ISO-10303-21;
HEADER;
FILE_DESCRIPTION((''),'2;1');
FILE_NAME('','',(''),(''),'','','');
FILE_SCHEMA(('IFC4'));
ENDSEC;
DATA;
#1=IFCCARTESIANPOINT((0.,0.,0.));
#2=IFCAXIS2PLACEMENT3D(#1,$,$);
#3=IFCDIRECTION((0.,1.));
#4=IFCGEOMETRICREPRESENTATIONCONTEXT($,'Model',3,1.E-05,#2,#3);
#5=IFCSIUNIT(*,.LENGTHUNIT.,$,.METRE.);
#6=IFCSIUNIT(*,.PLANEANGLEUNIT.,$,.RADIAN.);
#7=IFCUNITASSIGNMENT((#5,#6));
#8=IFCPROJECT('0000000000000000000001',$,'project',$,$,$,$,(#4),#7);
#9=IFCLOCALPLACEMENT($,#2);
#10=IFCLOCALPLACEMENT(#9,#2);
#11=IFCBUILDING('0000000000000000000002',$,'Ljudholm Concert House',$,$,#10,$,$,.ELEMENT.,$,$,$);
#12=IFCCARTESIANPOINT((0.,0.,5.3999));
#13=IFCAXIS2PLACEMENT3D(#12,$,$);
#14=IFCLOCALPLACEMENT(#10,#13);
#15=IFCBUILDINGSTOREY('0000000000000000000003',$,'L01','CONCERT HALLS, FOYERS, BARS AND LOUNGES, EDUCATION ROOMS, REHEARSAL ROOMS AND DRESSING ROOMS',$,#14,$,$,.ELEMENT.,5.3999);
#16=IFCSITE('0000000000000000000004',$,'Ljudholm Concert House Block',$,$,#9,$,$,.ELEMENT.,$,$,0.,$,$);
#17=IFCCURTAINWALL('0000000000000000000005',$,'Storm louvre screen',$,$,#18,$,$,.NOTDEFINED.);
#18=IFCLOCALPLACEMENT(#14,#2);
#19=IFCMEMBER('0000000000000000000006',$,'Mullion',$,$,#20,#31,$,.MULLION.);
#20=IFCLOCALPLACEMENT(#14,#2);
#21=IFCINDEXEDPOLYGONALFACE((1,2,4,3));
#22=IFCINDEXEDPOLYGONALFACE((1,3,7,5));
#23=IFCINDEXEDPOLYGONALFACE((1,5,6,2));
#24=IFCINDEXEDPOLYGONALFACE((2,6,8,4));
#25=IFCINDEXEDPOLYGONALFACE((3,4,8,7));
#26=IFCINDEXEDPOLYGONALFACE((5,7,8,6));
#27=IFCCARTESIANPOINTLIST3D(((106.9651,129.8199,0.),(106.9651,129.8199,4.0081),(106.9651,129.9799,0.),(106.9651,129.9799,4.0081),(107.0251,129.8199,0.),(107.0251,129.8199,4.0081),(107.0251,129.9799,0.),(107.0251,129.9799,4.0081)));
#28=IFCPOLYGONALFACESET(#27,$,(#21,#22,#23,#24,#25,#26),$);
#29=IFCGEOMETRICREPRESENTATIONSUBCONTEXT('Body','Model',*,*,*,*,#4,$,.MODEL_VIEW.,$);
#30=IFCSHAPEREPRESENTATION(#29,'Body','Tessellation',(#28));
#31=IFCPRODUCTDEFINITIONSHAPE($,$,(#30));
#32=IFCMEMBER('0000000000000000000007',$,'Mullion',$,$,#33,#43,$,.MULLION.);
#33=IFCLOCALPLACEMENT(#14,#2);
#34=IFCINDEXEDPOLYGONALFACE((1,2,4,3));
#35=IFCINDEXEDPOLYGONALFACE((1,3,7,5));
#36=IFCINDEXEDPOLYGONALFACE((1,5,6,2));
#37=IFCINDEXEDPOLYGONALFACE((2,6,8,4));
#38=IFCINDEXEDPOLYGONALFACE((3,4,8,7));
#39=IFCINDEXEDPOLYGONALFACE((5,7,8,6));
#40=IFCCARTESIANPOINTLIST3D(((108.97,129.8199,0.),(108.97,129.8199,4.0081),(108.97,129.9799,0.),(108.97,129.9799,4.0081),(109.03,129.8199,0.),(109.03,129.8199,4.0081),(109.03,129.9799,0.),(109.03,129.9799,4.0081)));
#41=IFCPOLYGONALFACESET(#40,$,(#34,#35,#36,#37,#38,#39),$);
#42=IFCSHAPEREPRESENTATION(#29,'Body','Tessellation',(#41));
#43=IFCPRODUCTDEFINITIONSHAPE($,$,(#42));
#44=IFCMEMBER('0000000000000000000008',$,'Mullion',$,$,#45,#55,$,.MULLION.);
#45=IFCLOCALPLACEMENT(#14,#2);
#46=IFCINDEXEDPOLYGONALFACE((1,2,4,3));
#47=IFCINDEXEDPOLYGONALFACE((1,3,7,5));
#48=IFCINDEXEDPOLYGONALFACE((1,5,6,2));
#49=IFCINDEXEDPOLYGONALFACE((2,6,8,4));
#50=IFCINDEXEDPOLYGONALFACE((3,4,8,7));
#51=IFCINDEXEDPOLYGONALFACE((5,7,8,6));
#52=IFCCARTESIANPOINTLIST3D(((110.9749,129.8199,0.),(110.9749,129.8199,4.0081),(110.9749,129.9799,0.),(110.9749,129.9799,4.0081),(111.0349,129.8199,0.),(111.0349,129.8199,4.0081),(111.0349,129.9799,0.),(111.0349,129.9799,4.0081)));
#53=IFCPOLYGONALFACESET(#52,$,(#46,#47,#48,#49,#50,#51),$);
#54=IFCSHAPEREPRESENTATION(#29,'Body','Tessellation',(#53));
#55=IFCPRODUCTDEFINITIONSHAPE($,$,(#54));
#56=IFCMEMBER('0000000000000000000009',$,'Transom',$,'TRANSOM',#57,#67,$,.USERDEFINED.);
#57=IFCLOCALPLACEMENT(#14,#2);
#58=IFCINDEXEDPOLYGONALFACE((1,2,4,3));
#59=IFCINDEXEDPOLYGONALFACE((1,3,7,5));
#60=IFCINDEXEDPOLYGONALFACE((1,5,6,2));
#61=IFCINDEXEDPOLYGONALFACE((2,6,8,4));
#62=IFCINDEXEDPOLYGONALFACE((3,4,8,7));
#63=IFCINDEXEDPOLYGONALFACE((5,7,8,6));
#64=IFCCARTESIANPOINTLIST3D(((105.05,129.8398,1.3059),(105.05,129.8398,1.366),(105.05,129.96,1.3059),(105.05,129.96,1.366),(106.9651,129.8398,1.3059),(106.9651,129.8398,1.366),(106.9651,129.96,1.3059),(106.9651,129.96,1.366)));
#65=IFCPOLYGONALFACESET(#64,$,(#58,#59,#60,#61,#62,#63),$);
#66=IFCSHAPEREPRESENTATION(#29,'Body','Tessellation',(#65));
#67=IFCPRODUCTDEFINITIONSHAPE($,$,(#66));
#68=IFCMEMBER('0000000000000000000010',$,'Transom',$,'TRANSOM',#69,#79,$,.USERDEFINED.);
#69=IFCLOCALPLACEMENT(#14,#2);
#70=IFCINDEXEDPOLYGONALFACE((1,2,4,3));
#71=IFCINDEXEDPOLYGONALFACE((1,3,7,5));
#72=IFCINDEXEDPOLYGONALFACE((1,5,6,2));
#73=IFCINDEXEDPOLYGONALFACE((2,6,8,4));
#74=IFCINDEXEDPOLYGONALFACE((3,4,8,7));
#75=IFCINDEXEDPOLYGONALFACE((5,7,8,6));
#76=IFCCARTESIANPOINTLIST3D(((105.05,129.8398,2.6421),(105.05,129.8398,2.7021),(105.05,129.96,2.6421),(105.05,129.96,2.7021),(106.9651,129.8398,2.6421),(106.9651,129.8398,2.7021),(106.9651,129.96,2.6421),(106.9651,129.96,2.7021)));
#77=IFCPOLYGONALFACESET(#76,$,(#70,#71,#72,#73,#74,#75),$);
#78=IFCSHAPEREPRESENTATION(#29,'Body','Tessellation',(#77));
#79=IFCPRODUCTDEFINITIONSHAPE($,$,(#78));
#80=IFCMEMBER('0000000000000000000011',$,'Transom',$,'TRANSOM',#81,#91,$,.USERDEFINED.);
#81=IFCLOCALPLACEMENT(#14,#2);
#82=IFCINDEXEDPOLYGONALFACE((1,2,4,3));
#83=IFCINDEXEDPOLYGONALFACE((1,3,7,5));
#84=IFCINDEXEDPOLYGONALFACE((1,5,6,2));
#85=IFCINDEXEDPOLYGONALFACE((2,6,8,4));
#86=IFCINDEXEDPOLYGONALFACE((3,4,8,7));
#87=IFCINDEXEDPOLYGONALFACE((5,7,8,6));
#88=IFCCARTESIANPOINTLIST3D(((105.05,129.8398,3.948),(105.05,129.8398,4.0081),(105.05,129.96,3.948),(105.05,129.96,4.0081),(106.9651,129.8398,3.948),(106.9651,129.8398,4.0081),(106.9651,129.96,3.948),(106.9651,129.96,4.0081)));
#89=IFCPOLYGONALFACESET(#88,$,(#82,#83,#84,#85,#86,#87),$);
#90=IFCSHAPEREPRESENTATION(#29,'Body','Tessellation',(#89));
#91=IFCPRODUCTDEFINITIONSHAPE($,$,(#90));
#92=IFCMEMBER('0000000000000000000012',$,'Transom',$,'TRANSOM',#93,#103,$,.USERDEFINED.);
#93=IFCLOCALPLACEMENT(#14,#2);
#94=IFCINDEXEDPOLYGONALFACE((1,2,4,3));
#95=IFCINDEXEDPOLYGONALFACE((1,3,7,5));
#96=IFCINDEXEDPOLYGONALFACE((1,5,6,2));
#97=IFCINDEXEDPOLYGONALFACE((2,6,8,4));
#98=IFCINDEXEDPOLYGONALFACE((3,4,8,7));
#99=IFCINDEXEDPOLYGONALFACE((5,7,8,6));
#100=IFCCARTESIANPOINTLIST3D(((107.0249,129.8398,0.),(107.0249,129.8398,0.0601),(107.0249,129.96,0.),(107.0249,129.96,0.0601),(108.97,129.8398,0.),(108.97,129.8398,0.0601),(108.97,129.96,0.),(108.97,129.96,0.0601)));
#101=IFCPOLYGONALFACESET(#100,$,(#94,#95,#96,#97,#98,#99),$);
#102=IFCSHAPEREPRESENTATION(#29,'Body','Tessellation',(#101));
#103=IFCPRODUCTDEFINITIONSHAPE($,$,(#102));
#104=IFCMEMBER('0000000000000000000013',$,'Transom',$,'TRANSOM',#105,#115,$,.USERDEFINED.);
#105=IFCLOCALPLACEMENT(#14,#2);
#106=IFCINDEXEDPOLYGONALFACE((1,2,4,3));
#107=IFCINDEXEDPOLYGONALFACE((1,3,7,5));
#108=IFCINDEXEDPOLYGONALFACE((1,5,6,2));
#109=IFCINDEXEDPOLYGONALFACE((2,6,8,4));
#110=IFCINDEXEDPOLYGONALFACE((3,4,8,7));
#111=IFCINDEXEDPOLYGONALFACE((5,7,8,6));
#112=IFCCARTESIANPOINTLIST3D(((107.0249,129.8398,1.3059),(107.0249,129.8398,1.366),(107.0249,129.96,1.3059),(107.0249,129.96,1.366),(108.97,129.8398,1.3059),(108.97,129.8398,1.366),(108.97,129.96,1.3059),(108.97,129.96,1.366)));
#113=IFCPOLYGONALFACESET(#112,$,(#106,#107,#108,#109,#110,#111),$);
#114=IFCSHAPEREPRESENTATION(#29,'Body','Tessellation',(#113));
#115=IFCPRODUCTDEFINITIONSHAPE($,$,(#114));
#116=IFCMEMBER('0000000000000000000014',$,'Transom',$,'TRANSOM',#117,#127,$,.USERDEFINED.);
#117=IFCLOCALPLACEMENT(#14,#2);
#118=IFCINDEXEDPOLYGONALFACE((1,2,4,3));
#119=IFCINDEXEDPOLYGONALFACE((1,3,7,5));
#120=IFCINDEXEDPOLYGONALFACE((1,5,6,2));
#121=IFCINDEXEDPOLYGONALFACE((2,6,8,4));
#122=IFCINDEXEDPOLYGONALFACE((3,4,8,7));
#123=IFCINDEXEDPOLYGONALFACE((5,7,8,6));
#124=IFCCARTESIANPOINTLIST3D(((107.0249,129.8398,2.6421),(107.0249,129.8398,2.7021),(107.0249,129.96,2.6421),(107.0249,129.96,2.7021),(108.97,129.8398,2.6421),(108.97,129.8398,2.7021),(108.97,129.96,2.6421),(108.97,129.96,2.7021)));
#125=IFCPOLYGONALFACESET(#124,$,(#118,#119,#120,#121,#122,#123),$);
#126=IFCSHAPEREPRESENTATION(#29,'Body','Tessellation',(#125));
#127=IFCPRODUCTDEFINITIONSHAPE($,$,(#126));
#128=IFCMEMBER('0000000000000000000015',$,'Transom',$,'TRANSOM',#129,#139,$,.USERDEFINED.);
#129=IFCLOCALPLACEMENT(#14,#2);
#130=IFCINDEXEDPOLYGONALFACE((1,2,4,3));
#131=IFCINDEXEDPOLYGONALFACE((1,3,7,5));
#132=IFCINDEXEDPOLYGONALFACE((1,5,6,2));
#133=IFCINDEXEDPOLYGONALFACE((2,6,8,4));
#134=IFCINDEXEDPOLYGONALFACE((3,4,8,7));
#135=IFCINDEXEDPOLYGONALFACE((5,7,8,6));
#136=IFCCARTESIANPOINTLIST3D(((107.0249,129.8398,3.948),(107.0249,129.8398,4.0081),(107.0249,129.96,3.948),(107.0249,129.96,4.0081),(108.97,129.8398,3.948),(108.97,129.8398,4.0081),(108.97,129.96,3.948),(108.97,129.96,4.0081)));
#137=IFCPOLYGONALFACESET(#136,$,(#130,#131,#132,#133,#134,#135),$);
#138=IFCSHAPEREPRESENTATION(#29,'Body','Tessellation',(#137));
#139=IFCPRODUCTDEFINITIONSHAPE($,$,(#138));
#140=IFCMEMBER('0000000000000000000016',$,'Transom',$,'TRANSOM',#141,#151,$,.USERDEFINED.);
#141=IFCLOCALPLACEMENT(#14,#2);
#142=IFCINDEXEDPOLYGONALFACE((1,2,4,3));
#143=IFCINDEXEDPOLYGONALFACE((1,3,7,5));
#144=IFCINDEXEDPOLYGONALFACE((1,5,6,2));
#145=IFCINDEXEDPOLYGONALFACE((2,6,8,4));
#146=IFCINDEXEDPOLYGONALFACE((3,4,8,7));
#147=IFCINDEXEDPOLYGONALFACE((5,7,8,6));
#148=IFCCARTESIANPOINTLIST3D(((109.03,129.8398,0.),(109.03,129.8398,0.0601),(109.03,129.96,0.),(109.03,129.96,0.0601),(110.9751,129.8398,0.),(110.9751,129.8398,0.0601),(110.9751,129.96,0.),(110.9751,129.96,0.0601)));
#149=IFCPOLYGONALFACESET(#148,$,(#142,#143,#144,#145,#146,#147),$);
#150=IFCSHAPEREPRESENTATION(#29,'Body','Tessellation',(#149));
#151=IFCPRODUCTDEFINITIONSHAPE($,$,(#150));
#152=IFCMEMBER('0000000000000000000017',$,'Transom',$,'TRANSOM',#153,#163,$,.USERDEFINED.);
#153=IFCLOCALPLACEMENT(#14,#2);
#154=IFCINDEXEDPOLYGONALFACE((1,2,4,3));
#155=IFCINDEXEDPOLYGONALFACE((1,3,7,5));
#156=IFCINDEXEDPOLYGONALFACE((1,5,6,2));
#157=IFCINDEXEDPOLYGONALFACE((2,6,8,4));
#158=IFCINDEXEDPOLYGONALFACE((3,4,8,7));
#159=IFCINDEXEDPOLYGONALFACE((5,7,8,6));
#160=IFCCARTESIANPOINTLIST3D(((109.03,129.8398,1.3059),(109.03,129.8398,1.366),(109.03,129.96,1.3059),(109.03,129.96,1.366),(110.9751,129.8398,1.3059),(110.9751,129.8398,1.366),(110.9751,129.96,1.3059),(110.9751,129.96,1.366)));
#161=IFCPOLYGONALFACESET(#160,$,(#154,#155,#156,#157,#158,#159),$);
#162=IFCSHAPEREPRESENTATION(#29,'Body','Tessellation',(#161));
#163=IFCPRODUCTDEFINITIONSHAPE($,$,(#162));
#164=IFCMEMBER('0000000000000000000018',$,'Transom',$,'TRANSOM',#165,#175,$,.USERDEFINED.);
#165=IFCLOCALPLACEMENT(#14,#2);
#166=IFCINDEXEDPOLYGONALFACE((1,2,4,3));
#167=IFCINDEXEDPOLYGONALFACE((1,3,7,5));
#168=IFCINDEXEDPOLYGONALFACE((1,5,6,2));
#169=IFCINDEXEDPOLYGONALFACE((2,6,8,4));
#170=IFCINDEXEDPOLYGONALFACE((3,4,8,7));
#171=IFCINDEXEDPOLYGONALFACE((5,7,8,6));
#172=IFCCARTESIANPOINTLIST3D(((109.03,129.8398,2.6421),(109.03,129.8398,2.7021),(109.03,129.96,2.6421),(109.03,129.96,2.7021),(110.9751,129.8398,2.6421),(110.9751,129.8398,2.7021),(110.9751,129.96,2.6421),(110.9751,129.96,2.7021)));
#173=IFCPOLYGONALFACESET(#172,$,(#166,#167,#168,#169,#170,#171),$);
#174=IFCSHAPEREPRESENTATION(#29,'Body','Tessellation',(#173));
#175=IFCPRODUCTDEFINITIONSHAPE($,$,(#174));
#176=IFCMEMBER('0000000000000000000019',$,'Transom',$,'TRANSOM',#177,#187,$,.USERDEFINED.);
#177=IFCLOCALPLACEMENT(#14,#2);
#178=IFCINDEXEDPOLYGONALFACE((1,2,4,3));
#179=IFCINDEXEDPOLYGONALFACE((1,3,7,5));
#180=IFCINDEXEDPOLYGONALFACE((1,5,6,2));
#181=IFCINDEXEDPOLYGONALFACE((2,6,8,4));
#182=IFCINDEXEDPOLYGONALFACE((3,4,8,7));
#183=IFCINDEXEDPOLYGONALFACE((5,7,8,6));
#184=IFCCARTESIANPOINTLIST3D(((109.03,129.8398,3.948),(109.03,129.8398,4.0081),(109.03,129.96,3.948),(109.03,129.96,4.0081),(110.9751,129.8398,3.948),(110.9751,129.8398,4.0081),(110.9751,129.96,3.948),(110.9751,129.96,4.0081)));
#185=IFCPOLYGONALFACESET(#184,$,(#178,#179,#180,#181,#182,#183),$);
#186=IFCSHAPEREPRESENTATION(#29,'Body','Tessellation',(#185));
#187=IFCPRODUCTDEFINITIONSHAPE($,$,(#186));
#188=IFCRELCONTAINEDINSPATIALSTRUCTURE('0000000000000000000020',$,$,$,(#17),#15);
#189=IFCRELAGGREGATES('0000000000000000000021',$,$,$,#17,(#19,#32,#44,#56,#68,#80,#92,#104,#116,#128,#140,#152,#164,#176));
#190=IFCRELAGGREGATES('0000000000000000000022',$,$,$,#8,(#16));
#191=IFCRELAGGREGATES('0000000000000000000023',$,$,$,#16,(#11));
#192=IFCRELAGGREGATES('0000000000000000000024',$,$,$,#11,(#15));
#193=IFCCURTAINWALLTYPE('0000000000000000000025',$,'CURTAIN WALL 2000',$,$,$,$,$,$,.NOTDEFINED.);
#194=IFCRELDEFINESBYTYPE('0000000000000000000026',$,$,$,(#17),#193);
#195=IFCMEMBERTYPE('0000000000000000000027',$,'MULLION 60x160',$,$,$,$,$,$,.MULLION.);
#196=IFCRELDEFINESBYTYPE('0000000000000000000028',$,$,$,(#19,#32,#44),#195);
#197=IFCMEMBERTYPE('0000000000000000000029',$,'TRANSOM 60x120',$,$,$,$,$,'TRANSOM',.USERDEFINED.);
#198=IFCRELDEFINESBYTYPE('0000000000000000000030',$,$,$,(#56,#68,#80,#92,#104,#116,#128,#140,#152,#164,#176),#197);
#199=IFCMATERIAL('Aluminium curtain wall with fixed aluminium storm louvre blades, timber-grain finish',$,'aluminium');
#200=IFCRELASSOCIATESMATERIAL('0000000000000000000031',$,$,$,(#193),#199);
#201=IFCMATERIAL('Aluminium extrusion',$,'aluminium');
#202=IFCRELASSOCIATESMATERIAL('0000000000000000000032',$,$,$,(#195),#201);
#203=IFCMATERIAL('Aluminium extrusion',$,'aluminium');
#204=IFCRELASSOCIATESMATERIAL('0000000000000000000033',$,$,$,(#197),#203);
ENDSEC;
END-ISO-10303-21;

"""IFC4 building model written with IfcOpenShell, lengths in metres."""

from ifc_helpers import new_model, si_unit, direction, frame, origin, origin_2d, place, context, subcontext, project, spatial, rectangle, extrude, material, material_profile, profile_set, type_object, element, aggregate, save


model = new_model("IFC4")

# Units and contexts
model_context = context("Model", 3, precision=1e-05, world=origin(), true_north=direction((0.0, 1.0)))
body_context = subcontext(model_context, "Body", "Model", "MODEL_VIEW")
ifc_project = project(units=[si_unit("LENGTHUNIT", "METRE"), si_unit("PLANEANGLEUNIT", "RADIAN")], contexts=[model_context])

# Site, building, storey
site_placement = place(None, origin())
site = spatial("IfcSite", under=ifc_project, at=site_placement, Name="Ljudholm Concert House Block", CompositionType="ELEMENT", RefElevation=0.0)
building_placement = place(site_placement, origin())
building = spatial("IfcBuilding", under=site, at=building_placement, Name="Ljudholm Concert House", CompositionType="ELEMENT")
storey_placement = place(building_placement, frame((0.0, 0.0, 5.3999)))
storey = spatial("IfcBuildingStorey", under=building, at=storey_placement, Name="L01", Description="CONCERT HALLS, FOYERS, BARS AND LOUNGES, EDUCATION ROOMS, REHEARSAL ROOMS AND DRESSING ROOMS", CompositionType="ELEMENT", Elevation=5.3999)

# Curtain wall, members
ifc_material_1 = material(Name="Aluminium curtain wall with fixed aluminium storm louvre blades, timber-grain finish", Category="aluminium")
curtain_wall_type = type_object("IfcCurtainWallType", Name="CURTAIN WALL 2000", PredefinedType="NOTDEFINED", material=ifc_material_1)
curtain_wall_placement = place(storey_placement, origin())
curtain_wall = element("IfcCurtainWall", 1, at=curtain_wall_placement, inside=storey, type_object=curtain_wall_type, Name="Storm louvre screen", PredefinedType="NOTDEFINED")
ifc_material_2 = material(Name="Aluminium extrusion", Category="aluminium")
ifc_material_profile_1 = material_profile(ifc_material_2, rectangle(XDim=0.1599, YDim=0.0601, at=origin_2d()), Name="MULLION 60x160")
ifc_profile_set_1 = profile_set([ifc_material_profile_1], Name="Aluminium extrusion")
member_type_1 = type_object("IfcMemberType", Name="MULLION 60x160", PredefinedType="MULLION", material=ifc_profile_set_1)
member_1_placement = place(storey_placement, frame((106.9951, 129.8999, 0.0), z_axis=(0.0, 0.0, 1.0), x_axis=(0.0, 1.0, 0.0)))
member_1 = element("IfcMember", 2, at=member_1_placement, type_object=member_type_1, Name="Mullion", PredefinedType="MULLION", context=body_context, shape_type="SweptSolid", body=[
    extrude(rectangle(XDim=0.1599, YDim=0.0601, at=origin_2d()), origin(), (0.0, 0.0, 1.0), 4.0081),
])
member_2_placement = place(storey_placement, frame((109.0, 129.8999, 0.0), z_axis=(0.0, 0.0, 1.0), x_axis=(0.0, 1.0, 0.0)))
member_2 = element("IfcMember", 3, at=member_2_placement, type_object=member_type_1, Name="Mullion", PredefinedType="MULLION", context=body_context, shape_type="SweptSolid", body=[
    extrude(rectangle(XDim=0.1599, YDim=0.0601, at=origin_2d()), origin(), (0.0, 0.0, 1.0), 4.0081),
])
member_3_placement = place(storey_placement, frame((111.0049, 129.8999, 0.0), z_axis=(0.0, 0.0, 1.0), x_axis=(0.0, 1.0, 0.0)))
member_3 = element("IfcMember", 4, at=member_3_placement, type_object=member_type_1, Name="Mullion", PredefinedType="MULLION", context=body_context, shape_type="SweptSolid", body=[
    extrude(rectangle(XDim=0.1599, YDim=0.0601, at=origin_2d()), origin(), (0.0, 0.0, 1.0), 4.0081),
])
ifc_material_3 = material(Name="Aluminium extrusion", Category="aluminium")
ifc_material_profile_2 = material_profile(ifc_material_3, rectangle(XDim=0.1201, YDim=0.0601, at=origin_2d()), Name="TRANSOM 60x120")
ifc_profile_set_2 = profile_set([ifc_material_profile_2], Name="Aluminium extrusion")
member_type_2 = type_object("IfcMemberType", Name="TRANSOM 60x120", ElementType="TRANSOM", PredefinedType="USERDEFINED", material=ifc_profile_set_2)
member_4_placement = place(storey_placement, frame((105.05, 129.8999, 1.3359), z_axis=(1.0, 0.0, 0.0), x_axis=(0.0, 1.0, 0.0)))
member_4 = element("IfcMember", 5, at=member_4_placement, type_object=member_type_2, Name="Transom", ObjectType="TRANSOM", PredefinedType="USERDEFINED", context=body_context, shape_type="SweptSolid", body=[
    extrude(rectangle(XDim=0.1201, YDim=0.0601, at=origin_2d()), origin(), (0.0, 0.0, 1.0), 1.915),
])
member_5_placement = place(storey_placement, frame((105.05, 129.8999, 2.6721), z_axis=(1.0, 0.0, 0.0), x_axis=(0.0, 1.0, 0.0)))
member_5 = element("IfcMember", 6, at=member_5_placement, type_object=member_type_2, Name="Transom", ObjectType="TRANSOM", PredefinedType="USERDEFINED", context=body_context, shape_type="SweptSolid", body=[
    extrude(rectangle(XDim=0.1201, YDim=0.0601, at=origin_2d()), origin(), (0.0, 0.0, 1.0), 1.915),
])
member_6_placement = place(storey_placement, frame((105.05, 129.8999, 3.978), z_axis=(1.0, 0.0, 0.0), x_axis=(0.0, 1.0, 0.0)))
member_6 = element("IfcMember", 7, at=member_6_placement, type_object=member_type_2, Name="Transom", ObjectType="TRANSOM", PredefinedType="USERDEFINED", context=body_context, shape_type="SweptSolid", body=[
    extrude(rectangle(XDim=0.1201, YDim=0.0601, at=origin_2d()), origin(), (0.0, 0.0, 1.0), 1.915),
])
member_7_placement = place(storey_placement, frame((107.0249, 129.8999, 0.03), z_axis=(1.0, 0.0, 0.0), x_axis=(0.0, 1.0, 0.0)))
member_7 = element("IfcMember", 8, at=member_7_placement, type_object=member_type_2, Name="Transom", ObjectType="TRANSOM", PredefinedType="USERDEFINED", context=body_context, shape_type="SweptSolid", body=[
    extrude(rectangle(XDim=0.1201, YDim=0.0601, at=origin_2d()), origin(), (0.0, 0.0, 1.0), 1.9451),
])
member_8_placement = place(storey_placement, frame((107.0249, 129.8999, 1.3359), z_axis=(1.0, 0.0, 0.0), x_axis=(0.0, 1.0, 0.0)))
member_8 = element("IfcMember", 9, at=member_8_placement, type_object=member_type_2, Name="Transom", ObjectType="TRANSOM", PredefinedType="USERDEFINED", context=body_context, shape_type="SweptSolid", body=[
    extrude(rectangle(XDim=0.1201, YDim=0.0601, at=origin_2d()), origin(), (0.0, 0.0, 1.0), 1.9451),
])
member_9_placement = place(storey_placement, frame((107.0249, 129.8999, 2.6721), z_axis=(1.0, 0.0, 0.0), x_axis=(0.0, 1.0, 0.0)))
member_9 = element("IfcMember", 10, at=member_9_placement, type_object=member_type_2, Name="Transom", ObjectType="TRANSOM", PredefinedType="USERDEFINED", context=body_context, shape_type="SweptSolid", body=[
    extrude(rectangle(XDim=0.1201, YDim=0.0601, at=origin_2d()), origin(), (0.0, 0.0, 1.0), 1.9451),
])
member_10_placement = place(storey_placement, frame((107.0249, 129.8999, 3.978), z_axis=(1.0, 0.0, 0.0), x_axis=(0.0, 1.0, 0.0)))
member_10 = element("IfcMember", 11, at=member_10_placement, type_object=member_type_2, Name="Transom", ObjectType="TRANSOM", PredefinedType="USERDEFINED", context=body_context, shape_type="SweptSolid", body=[
    extrude(rectangle(XDim=0.1201, YDim=0.0601, at=origin_2d()), origin(), (0.0, 0.0, 1.0), 1.9451),
])
member_11_placement = place(storey_placement, frame((109.03, 129.8999, 0.03), z_axis=(1.0, 0.0, 0.0), x_axis=(0.0, 1.0, 0.0)))
member_11 = element("IfcMember", 12, at=member_11_placement, type_object=member_type_2, Name="Transom", ObjectType="TRANSOM", PredefinedType="USERDEFINED", context=body_context, shape_type="SweptSolid", body=[
    extrude(rectangle(XDim=0.1201, YDim=0.0601, at=origin_2d()), origin(), (0.0, 0.0, 1.0), 1.9451),
])
member_12_placement = place(storey_placement, frame((109.03, 129.8999, 1.3359), z_axis=(1.0, 0.0, 0.0), x_axis=(0.0, 1.0, 0.0)))
member_12 = element("IfcMember", 13, at=member_12_placement, type_object=member_type_2, Name="Transom", ObjectType="TRANSOM", PredefinedType="USERDEFINED", context=body_context, shape_type="SweptSolid", body=[
    extrude(rectangle(XDim=0.1201, YDim=0.0601, at=origin_2d()), origin(), (0.0, 0.0, 1.0), 1.9451),
])
member_13_placement = place(storey_placement, frame((109.03, 129.8999, 2.6721), z_axis=(1.0, 0.0, 0.0), x_axis=(0.0, 1.0, 0.0)))
member_13 = element("IfcMember", 14, at=member_13_placement, type_object=member_type_2, Name="Transom", ObjectType="TRANSOM", PredefinedType="USERDEFINED", context=body_context, shape_type="SweptSolid", body=[
    extrude(rectangle(XDim=0.1201, YDim=0.0601, at=origin_2d()), origin(), (0.0, 0.0, 1.0), 1.9451),
])
member_14_placement = place(storey_placement, frame((109.03, 129.8999, 3.978), z_axis=(1.0, 0.0, 0.0), x_axis=(0.0, 1.0, 0.0)))
member_14 = element("IfcMember", 15, at=member_14_placement, type_object=member_type_2, Name="Transom", ObjectType="TRANSOM", PredefinedType="USERDEFINED", context=body_context, shape_type="SweptSolid", body=[
    extrude(rectangle(XDim=0.1201, YDim=0.0601, at=origin_2d()), origin(), (0.0, 0.0, 1.0), 1.9451),
])
aggregate(curtain_wall, [member_1, member_2, member_3, member_4, member_5, member_6, member_7, member_8, member_9, member_10, member_11, member_12, member_13, member_14])

save(model, "model.ifc")
